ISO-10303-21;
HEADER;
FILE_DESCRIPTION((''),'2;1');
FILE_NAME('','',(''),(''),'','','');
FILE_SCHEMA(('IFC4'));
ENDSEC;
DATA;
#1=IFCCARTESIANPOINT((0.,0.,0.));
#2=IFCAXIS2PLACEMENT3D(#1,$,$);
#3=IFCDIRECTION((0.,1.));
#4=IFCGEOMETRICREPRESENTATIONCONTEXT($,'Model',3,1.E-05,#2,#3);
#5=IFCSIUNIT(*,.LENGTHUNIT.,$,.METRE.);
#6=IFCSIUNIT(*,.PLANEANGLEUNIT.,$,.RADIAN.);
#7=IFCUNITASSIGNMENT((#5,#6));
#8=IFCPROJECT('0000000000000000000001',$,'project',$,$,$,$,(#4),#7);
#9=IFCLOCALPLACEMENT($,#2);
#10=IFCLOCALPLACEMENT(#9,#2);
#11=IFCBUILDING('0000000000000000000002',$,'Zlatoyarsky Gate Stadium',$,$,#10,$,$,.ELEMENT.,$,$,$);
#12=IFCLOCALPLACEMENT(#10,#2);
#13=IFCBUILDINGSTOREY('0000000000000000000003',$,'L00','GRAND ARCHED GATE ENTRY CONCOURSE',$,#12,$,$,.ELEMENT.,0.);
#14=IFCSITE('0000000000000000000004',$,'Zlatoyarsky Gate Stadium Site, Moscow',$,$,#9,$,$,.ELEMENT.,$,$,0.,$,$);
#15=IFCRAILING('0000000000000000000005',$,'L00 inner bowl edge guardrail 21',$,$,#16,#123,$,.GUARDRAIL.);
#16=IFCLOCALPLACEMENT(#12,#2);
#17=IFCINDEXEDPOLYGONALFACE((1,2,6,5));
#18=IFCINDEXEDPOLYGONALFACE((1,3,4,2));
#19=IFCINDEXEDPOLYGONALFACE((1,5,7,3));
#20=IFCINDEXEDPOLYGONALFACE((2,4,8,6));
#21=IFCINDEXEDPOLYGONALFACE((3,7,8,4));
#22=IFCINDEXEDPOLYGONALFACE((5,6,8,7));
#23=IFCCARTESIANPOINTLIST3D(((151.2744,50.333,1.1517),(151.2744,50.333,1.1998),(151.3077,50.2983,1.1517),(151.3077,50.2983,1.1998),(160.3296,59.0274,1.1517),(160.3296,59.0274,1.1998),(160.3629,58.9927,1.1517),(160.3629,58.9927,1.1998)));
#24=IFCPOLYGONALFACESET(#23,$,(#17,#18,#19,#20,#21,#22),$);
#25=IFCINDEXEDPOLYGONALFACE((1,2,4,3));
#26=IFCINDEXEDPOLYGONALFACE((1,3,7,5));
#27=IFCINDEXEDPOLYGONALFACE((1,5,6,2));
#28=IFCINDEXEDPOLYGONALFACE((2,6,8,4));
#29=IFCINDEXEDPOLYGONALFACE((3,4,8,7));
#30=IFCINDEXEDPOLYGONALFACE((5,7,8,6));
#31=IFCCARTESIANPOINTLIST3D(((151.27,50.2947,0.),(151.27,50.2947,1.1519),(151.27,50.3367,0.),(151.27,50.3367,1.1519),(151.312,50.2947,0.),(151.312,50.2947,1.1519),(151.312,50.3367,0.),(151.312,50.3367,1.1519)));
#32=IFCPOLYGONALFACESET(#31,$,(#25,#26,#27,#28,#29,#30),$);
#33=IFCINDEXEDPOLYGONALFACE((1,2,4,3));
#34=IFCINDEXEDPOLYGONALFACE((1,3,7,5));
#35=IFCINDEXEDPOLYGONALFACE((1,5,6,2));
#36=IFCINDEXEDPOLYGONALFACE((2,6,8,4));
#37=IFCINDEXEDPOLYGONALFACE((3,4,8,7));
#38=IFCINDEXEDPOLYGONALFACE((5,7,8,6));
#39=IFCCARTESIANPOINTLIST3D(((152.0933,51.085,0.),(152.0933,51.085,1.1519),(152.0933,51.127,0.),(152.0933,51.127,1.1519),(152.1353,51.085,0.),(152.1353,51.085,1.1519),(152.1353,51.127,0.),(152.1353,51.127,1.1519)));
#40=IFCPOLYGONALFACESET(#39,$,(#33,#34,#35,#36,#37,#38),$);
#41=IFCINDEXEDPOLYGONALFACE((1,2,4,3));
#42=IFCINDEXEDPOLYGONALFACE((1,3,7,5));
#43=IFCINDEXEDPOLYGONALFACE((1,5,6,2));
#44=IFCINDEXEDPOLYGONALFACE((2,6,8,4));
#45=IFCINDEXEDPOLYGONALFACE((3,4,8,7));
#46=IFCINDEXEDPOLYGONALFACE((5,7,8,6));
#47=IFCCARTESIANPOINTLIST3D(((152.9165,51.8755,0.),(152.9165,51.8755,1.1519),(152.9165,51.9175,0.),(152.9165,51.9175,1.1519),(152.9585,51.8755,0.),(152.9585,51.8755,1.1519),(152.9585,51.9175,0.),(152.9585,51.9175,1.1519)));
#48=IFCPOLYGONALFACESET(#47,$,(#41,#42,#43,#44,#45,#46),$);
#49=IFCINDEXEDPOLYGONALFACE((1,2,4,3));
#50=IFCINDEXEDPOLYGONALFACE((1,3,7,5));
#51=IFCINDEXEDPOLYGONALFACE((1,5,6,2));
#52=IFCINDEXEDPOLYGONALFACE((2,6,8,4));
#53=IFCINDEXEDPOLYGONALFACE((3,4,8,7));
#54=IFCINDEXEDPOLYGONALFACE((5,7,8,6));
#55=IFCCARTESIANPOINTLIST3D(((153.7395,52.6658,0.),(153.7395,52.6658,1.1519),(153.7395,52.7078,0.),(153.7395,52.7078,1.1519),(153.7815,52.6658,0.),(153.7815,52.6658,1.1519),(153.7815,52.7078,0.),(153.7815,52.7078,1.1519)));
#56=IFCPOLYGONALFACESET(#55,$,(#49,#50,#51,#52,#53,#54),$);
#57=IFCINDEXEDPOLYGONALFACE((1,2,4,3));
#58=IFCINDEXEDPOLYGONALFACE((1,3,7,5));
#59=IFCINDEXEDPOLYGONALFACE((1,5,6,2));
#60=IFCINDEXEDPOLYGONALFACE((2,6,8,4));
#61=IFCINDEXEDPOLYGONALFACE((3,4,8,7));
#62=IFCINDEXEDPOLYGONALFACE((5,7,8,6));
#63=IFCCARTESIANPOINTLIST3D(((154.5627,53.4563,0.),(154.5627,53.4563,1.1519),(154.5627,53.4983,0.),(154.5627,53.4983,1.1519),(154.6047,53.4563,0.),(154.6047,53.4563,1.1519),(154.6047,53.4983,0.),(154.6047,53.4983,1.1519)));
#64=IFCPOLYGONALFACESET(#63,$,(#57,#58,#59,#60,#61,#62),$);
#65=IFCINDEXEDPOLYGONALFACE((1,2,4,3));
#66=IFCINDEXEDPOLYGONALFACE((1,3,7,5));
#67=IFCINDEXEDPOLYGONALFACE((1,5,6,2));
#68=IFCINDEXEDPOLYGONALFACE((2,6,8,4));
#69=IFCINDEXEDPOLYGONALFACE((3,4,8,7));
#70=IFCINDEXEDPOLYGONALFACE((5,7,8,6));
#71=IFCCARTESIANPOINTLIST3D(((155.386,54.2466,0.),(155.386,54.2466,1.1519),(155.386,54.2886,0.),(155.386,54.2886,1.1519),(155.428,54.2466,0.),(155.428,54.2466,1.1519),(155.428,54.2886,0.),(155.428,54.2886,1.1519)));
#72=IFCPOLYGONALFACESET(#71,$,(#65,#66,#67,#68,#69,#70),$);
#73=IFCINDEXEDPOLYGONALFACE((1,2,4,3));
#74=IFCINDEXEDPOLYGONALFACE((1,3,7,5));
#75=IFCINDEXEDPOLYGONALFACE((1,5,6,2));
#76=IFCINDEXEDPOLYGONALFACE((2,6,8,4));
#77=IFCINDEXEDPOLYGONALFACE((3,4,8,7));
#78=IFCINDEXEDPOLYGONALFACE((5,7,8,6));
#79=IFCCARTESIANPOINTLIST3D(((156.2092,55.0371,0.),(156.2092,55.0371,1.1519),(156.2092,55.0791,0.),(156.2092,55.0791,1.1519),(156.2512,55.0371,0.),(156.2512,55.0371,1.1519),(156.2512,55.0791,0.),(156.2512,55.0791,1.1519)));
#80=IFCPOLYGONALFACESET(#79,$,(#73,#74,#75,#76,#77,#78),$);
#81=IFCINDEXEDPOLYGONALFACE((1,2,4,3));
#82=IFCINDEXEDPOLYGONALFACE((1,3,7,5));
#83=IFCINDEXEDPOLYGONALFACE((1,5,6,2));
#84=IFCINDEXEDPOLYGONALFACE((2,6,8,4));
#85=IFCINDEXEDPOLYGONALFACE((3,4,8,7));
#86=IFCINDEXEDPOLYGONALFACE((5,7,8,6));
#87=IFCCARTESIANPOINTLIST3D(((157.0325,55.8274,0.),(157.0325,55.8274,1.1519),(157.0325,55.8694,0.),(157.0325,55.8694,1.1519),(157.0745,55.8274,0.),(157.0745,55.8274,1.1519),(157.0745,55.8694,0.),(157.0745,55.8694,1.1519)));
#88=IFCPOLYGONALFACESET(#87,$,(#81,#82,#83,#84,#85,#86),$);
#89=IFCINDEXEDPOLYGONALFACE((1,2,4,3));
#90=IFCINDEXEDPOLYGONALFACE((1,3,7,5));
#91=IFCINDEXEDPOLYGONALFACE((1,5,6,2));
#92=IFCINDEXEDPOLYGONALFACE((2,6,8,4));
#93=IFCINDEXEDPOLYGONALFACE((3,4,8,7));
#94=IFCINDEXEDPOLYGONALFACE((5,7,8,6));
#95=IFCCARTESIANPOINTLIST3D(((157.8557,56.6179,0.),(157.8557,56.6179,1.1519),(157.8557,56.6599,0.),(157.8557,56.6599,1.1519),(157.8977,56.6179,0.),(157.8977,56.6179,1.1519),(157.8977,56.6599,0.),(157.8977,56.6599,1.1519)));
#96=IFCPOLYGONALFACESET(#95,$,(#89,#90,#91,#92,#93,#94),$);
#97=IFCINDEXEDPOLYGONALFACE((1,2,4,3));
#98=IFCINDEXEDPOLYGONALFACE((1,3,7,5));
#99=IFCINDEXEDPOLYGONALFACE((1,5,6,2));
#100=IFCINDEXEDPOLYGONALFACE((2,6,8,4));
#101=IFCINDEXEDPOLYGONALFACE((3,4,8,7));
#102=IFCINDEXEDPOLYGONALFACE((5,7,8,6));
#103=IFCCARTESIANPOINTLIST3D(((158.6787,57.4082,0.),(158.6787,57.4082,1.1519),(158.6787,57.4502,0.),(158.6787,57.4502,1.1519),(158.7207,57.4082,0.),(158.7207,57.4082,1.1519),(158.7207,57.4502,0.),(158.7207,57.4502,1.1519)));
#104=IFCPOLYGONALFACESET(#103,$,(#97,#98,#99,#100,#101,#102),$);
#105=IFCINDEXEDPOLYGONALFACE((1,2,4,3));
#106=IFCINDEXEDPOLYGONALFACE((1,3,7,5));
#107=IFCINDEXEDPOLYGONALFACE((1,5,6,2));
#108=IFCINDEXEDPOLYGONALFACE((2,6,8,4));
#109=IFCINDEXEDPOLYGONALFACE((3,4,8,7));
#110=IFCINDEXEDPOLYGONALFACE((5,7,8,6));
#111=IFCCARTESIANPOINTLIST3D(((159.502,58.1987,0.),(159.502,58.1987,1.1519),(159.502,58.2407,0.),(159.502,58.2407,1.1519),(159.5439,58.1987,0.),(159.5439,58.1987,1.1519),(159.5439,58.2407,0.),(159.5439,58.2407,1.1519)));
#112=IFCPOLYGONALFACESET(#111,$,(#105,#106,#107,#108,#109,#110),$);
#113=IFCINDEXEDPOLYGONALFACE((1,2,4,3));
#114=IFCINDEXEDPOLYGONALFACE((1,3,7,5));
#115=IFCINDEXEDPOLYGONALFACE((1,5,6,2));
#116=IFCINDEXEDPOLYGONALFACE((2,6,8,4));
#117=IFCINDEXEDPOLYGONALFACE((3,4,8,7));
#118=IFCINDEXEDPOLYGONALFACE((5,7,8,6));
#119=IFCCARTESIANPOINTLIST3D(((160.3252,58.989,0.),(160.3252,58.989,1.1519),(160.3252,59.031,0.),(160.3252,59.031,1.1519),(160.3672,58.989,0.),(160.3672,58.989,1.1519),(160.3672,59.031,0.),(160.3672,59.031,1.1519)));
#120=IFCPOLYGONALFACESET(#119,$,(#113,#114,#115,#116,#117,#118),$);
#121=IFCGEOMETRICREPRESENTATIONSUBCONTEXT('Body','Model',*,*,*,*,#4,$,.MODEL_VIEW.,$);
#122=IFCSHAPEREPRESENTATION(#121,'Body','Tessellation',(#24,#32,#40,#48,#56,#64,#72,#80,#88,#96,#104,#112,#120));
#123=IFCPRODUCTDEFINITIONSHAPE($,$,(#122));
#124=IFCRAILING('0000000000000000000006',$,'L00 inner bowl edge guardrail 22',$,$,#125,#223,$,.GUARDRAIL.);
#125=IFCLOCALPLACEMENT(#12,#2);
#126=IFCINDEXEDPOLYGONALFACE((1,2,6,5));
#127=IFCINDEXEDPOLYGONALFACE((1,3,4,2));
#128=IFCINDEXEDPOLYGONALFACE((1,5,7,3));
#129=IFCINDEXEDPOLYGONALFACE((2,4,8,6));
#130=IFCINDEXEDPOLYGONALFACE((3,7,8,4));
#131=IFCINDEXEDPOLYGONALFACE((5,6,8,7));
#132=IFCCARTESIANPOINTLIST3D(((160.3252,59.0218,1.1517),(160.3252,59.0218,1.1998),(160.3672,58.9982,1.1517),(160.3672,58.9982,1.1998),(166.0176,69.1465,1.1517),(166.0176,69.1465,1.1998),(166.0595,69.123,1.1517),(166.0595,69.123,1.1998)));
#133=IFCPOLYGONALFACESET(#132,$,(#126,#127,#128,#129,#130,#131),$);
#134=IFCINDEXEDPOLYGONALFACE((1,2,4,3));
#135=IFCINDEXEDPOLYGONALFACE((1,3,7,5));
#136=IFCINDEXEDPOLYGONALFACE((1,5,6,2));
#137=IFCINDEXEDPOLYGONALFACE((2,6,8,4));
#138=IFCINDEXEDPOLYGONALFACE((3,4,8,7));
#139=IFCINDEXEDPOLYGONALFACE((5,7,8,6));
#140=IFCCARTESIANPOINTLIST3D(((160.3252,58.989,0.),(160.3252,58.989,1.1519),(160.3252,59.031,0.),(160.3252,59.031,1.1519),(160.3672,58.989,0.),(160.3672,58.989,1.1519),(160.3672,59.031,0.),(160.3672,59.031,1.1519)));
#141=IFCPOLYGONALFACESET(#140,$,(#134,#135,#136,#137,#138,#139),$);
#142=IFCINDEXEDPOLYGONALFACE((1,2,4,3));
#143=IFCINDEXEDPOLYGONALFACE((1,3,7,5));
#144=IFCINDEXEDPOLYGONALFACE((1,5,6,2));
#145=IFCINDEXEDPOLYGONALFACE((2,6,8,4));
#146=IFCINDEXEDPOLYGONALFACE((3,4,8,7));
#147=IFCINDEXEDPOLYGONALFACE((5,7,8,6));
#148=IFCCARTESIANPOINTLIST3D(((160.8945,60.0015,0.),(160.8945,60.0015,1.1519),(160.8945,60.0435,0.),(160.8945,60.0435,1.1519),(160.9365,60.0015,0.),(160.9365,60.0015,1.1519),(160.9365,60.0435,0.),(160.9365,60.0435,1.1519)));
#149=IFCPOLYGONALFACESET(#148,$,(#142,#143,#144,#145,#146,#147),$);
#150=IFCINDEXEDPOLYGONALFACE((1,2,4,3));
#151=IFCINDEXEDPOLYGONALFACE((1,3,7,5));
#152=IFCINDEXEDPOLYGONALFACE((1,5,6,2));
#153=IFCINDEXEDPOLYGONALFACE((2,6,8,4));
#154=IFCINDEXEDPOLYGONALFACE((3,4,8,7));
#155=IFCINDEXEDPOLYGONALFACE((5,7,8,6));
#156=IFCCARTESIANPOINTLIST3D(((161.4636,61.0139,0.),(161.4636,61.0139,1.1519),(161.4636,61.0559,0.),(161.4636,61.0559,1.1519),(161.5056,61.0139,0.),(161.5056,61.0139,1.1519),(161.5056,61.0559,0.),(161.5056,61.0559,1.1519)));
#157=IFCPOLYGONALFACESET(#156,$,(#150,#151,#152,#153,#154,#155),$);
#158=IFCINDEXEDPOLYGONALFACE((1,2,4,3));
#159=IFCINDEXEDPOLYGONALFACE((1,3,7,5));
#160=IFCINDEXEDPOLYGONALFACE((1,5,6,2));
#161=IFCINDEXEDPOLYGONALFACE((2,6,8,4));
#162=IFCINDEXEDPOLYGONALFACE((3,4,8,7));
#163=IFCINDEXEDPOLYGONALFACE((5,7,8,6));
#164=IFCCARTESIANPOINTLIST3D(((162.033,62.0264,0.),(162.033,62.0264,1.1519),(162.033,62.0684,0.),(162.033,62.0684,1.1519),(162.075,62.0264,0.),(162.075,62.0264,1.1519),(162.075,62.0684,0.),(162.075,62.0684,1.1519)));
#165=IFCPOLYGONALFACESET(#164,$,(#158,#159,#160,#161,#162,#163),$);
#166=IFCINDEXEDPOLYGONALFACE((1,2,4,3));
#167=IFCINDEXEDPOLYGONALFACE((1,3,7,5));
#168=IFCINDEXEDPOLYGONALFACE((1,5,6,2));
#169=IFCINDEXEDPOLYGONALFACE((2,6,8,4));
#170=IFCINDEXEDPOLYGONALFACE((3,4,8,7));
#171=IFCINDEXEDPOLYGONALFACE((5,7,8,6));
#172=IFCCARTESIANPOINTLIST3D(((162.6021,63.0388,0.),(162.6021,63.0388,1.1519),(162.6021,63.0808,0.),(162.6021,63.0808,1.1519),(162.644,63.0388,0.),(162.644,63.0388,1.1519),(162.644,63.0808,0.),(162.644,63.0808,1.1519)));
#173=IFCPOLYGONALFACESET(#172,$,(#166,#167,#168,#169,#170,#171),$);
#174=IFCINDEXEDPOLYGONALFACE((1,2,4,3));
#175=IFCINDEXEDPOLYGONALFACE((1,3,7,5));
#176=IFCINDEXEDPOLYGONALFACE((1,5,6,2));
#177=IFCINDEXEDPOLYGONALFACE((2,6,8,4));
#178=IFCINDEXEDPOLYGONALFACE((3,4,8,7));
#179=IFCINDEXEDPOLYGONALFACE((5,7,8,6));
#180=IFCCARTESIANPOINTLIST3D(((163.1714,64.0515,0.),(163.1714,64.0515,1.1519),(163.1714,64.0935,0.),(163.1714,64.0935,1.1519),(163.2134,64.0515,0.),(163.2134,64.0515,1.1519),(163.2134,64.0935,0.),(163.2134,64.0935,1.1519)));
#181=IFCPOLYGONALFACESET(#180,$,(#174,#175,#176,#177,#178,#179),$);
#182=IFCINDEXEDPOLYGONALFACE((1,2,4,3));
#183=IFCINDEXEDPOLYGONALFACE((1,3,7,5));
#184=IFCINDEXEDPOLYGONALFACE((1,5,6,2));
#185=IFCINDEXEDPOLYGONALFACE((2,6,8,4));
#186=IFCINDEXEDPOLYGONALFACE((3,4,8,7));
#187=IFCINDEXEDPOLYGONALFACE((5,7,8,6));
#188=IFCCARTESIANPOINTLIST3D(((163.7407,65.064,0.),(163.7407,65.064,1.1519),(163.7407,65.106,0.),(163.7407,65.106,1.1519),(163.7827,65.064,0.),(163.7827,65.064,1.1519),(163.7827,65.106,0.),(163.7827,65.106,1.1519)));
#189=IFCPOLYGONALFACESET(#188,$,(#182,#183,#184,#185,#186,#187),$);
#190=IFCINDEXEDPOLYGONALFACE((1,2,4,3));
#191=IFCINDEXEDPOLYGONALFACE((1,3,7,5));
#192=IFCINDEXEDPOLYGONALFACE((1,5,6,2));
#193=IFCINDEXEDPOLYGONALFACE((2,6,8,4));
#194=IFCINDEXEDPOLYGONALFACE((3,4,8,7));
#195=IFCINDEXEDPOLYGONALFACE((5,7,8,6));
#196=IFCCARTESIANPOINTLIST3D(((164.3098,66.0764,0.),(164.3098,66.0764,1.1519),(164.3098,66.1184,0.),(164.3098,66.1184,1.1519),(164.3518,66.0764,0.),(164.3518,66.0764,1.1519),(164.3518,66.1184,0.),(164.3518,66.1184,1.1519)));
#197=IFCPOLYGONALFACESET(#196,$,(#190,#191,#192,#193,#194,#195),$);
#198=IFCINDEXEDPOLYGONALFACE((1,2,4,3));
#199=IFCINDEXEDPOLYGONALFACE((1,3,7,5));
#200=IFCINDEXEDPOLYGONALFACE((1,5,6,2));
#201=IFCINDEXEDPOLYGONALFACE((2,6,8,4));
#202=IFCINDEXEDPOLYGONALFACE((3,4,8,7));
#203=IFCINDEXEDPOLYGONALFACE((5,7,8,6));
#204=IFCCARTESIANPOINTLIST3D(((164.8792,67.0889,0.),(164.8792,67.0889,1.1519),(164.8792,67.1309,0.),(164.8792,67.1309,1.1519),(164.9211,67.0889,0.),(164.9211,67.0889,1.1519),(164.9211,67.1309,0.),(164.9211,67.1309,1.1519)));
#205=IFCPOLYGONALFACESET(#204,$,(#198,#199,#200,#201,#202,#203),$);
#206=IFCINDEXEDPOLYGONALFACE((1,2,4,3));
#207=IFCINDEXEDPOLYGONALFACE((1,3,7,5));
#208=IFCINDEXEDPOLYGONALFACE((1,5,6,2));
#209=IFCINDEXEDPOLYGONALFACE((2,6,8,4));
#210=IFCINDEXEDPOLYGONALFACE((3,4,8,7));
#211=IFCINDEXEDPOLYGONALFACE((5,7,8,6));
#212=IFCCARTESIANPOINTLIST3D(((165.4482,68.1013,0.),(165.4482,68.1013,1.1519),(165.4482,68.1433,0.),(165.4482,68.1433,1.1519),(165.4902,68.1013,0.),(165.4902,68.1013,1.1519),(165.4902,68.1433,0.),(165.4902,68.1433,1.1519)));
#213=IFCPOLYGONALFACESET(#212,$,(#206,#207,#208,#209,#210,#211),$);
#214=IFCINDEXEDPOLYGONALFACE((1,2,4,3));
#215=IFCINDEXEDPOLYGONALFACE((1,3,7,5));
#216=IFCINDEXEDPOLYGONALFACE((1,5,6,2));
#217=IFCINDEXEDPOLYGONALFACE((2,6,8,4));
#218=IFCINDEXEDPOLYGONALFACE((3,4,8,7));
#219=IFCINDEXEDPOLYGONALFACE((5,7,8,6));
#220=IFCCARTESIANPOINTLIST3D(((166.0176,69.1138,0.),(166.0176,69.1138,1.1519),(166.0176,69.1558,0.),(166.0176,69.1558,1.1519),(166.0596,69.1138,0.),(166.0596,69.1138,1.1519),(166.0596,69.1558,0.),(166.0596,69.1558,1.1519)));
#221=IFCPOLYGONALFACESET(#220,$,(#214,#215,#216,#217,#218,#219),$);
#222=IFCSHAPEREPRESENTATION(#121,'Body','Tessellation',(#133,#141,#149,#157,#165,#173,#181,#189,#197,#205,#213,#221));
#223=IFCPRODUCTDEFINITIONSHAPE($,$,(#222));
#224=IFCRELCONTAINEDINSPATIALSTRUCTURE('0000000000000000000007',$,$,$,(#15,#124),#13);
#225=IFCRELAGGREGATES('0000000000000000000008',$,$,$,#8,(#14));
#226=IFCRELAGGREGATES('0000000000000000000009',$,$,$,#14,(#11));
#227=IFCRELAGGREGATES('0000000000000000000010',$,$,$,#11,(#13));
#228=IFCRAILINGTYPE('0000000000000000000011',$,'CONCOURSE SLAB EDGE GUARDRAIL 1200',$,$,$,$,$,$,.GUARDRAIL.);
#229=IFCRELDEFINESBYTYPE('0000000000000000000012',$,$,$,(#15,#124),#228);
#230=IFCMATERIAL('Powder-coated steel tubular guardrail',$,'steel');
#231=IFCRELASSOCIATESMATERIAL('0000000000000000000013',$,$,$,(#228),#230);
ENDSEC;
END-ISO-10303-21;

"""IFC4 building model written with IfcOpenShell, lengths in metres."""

from ifc_helpers import new_model, si_unit, direction, frame, origin, origin_2d, place, context, subcontext, project, spatial, rectangle, extrude, material, type_object, element, save


model = new_model("IFC4")

# Units and contexts
model_context = context("Model", 3, precision=1e-05, world=origin(), true_north=direction((0.0, 1.0)))
body_context = subcontext(model_context, "Body", "Model", "MODEL_VIEW")
ifc_project = project(units=[si_unit("LENGTHUNIT", "METRE"), si_unit("PLANEANGLEUNIT", "RADIAN")], contexts=[model_context])

# Site, building, storey
site_placement = place(None, origin())
site = spatial("IfcSite", under=ifc_project, at=site_placement, Name="Zlatoyarsky Gate Stadium Site, Moscow", CompositionType="ELEMENT", RefElevation=0.0)
building_placement = place(site_placement, origin())
building = spatial("IfcBuilding", under=site, at=building_placement, Name="Zlatoyarsky Gate Stadium", CompositionType="ELEMENT")
storey_placement = place(building_placement, origin())
storey = spatial("IfcBuildingStorey", under=building, at=storey_placement, Name="L00", Description="GRAND ARCHED GATE ENTRY CONCOURSE", CompositionType="ELEMENT", Elevation=0.0)

# Railings
ifc_material_1 = material(Name="Powder-coated steel tubular guardrail", Category="steel")
railing_type_1 = type_object("IfcRailingType", Name="CONCOURSE SLAB EDGE GUARDRAIL 1200", PredefinedType="GUARDRAIL", material=ifc_material_1)
railing_1_placement = place(storey_placement, frame((151.291, 50.3157, 0.0)))
element("IfcRailing", 1, at=railing_1_placement, inside=storey, type_object=railing_type_1, Name="L00 inner bowl edge guardrail 21", PredefinedType="GUARDRAIL", context=body_context, shape_type="SweptSolid", body=[
    extrude(rectangle(XDim=0.0481, YDim=0.0481, at=origin_2d()), frame((0.0, 0.0, 1.1758), z_axis=(0.721333, 0.692589, 0.0), x_axis=(-0.692589, 0.721333, 0.0)), (0.0, 0.0, 1.0), 12.5535),
    extrude(rectangle(XDim=0.042, YDim=0.042, at=origin_2d()), origin(), (0.0, 0.0, 1.0), 1.1519),
    extrude(rectangle(XDim=0.042, YDim=0.042, at=origin_2d()), frame((0.8232, 0.7903, 0.0)), (0.0, 0.0, 1.0), 1.1519),
    extrude(rectangle(XDim=0.042, YDim=0.042, at=origin_2d()), frame((1.6465, 1.5808, 0.0)), (0.0, 0.0, 1.0), 1.1519),
    extrude(rectangle(XDim=0.042, YDim=0.042, at=origin_2d()), frame((2.4695, 2.3711, 0.0)), (0.0, 0.0, 1.0), 1.1519),
    extrude(rectangle(XDim=0.042, YDim=0.042, at=origin_2d()), frame((3.2927, 3.1616, 0.0)), (0.0, 0.0, 1.0), 1.1519),
    extrude(rectangle(XDim=0.042, YDim=0.042, at=origin_2d()), frame((4.116, 3.9519, 0.0)), (0.0, 0.0, 1.0), 1.1519),
    extrude(rectangle(XDim=0.042, YDim=0.042, at=origin_2d()), frame((4.9392, 4.7424, 0.0)), (0.0, 0.0, 1.0), 1.1519),
    extrude(rectangle(XDim=0.042, YDim=0.042, at=origin_2d()), frame((5.7625, 5.5327, 0.0)), (0.0, 0.0, 1.0), 1.1519),
    extrude(rectangle(XDim=0.042, YDim=0.042, at=origin_2d()), frame((6.5857, 6.3232, 0.0)), (0.0, 0.0, 1.0), 1.1519),
    extrude(rectangle(XDim=0.042, YDim=0.042, at=origin_2d()), frame((7.4087, 7.1135, 0.0)), (0.0, 0.0, 1.0), 1.1519),
    extrude(rectangle(XDim=0.042, YDim=0.042, at=origin_2d()), frame((8.2319, 7.9041, 0.0)), (0.0, 0.0, 1.0), 1.1519),
    extrude(rectangle(XDim=0.042, YDim=0.042, at=origin_2d()), frame((9.0552, 8.6943, 0.0)), (0.0, 0.0, 1.0), 1.1519),
])
railing_2_placement = place(storey_placement, frame((160.3462, 59.01, 0.0)))
element("IfcRailing", 2, at=railing_2_placement, inside=storey, type_object=railing_type_1, Name="L00 inner bowl edge guardrail 22", PredefinedType="GUARDRAIL", context=body_context, shape_type="SweptSolid", body=[
    extrude(rectangle(XDim=0.0481, YDim=0.0481, at=origin_2d()), frame((0.0, 0.0, 1.1758), z_axis=(0.490079, 0.871678, 0.0), x_axis=(-0.871678, 0.490079, 0.0)), (0.0, 0.0, 1.0), 11.6152),
    extrude(rectangle(XDim=0.042, YDim=0.042, at=origin_2d()), origin(), (0.0, 0.0, 1.0), 1.1519),
    extrude(rectangle(XDim=0.042, YDim=0.042, at=origin_2d()), frame((0.5693, 1.0125, 0.0)), (0.0, 0.0, 1.0), 1.1519),
    extrude(rectangle(XDim=0.042, YDim=0.042, at=origin_2d()), frame((1.1384, 2.0249, 0.0)), (0.0, 0.0, 1.0), 1.1519),
    extrude(rectangle(XDim=0.042, YDim=0.042, at=origin_2d()), frame((1.7078, 3.0374, 0.0)), (0.0, 0.0, 1.0), 1.1519),
    extrude(rectangle(XDim=0.042, YDim=0.042, at=origin_2d()), frame((2.2769, 4.0498, 0.0)), (0.0, 0.0, 1.0), 1.1519),
    extrude(rectangle(XDim=0.042, YDim=0.042, at=origin_2d()), frame((2.8462, 5.0625, 0.0)), (0.0, 0.0, 1.0), 1.1519),
    extrude(rectangle(XDim=0.042, YDim=0.042, at=origin_2d()), frame((3.4155, 6.075, 0.0)), (0.0, 0.0, 1.0), 1.1519),
    extrude(rectangle(XDim=0.042, YDim=0.042, at=origin_2d()), frame((3.9846, 7.0874, 0.0)), (0.0, 0.0, 1.0), 1.1519),
    extrude(rectangle(XDim=0.042, YDim=0.042, at=origin_2d()), frame((4.554, 8.0999, 0.0)), (0.0, 0.0, 1.0), 1.1519),
    extrude(rectangle(XDim=0.042, YDim=0.042, at=origin_2d()), frame((5.123, 9.1123, 0.0)), (0.0, 0.0, 1.0), 1.1519),
    extrude(rectangle(XDim=0.042, YDim=0.042, at=origin_2d()), frame((5.6924, 10.1248, 0.0)), (0.0, 0.0, 1.0), 1.1519),
])

save(model, "model.ifc")
